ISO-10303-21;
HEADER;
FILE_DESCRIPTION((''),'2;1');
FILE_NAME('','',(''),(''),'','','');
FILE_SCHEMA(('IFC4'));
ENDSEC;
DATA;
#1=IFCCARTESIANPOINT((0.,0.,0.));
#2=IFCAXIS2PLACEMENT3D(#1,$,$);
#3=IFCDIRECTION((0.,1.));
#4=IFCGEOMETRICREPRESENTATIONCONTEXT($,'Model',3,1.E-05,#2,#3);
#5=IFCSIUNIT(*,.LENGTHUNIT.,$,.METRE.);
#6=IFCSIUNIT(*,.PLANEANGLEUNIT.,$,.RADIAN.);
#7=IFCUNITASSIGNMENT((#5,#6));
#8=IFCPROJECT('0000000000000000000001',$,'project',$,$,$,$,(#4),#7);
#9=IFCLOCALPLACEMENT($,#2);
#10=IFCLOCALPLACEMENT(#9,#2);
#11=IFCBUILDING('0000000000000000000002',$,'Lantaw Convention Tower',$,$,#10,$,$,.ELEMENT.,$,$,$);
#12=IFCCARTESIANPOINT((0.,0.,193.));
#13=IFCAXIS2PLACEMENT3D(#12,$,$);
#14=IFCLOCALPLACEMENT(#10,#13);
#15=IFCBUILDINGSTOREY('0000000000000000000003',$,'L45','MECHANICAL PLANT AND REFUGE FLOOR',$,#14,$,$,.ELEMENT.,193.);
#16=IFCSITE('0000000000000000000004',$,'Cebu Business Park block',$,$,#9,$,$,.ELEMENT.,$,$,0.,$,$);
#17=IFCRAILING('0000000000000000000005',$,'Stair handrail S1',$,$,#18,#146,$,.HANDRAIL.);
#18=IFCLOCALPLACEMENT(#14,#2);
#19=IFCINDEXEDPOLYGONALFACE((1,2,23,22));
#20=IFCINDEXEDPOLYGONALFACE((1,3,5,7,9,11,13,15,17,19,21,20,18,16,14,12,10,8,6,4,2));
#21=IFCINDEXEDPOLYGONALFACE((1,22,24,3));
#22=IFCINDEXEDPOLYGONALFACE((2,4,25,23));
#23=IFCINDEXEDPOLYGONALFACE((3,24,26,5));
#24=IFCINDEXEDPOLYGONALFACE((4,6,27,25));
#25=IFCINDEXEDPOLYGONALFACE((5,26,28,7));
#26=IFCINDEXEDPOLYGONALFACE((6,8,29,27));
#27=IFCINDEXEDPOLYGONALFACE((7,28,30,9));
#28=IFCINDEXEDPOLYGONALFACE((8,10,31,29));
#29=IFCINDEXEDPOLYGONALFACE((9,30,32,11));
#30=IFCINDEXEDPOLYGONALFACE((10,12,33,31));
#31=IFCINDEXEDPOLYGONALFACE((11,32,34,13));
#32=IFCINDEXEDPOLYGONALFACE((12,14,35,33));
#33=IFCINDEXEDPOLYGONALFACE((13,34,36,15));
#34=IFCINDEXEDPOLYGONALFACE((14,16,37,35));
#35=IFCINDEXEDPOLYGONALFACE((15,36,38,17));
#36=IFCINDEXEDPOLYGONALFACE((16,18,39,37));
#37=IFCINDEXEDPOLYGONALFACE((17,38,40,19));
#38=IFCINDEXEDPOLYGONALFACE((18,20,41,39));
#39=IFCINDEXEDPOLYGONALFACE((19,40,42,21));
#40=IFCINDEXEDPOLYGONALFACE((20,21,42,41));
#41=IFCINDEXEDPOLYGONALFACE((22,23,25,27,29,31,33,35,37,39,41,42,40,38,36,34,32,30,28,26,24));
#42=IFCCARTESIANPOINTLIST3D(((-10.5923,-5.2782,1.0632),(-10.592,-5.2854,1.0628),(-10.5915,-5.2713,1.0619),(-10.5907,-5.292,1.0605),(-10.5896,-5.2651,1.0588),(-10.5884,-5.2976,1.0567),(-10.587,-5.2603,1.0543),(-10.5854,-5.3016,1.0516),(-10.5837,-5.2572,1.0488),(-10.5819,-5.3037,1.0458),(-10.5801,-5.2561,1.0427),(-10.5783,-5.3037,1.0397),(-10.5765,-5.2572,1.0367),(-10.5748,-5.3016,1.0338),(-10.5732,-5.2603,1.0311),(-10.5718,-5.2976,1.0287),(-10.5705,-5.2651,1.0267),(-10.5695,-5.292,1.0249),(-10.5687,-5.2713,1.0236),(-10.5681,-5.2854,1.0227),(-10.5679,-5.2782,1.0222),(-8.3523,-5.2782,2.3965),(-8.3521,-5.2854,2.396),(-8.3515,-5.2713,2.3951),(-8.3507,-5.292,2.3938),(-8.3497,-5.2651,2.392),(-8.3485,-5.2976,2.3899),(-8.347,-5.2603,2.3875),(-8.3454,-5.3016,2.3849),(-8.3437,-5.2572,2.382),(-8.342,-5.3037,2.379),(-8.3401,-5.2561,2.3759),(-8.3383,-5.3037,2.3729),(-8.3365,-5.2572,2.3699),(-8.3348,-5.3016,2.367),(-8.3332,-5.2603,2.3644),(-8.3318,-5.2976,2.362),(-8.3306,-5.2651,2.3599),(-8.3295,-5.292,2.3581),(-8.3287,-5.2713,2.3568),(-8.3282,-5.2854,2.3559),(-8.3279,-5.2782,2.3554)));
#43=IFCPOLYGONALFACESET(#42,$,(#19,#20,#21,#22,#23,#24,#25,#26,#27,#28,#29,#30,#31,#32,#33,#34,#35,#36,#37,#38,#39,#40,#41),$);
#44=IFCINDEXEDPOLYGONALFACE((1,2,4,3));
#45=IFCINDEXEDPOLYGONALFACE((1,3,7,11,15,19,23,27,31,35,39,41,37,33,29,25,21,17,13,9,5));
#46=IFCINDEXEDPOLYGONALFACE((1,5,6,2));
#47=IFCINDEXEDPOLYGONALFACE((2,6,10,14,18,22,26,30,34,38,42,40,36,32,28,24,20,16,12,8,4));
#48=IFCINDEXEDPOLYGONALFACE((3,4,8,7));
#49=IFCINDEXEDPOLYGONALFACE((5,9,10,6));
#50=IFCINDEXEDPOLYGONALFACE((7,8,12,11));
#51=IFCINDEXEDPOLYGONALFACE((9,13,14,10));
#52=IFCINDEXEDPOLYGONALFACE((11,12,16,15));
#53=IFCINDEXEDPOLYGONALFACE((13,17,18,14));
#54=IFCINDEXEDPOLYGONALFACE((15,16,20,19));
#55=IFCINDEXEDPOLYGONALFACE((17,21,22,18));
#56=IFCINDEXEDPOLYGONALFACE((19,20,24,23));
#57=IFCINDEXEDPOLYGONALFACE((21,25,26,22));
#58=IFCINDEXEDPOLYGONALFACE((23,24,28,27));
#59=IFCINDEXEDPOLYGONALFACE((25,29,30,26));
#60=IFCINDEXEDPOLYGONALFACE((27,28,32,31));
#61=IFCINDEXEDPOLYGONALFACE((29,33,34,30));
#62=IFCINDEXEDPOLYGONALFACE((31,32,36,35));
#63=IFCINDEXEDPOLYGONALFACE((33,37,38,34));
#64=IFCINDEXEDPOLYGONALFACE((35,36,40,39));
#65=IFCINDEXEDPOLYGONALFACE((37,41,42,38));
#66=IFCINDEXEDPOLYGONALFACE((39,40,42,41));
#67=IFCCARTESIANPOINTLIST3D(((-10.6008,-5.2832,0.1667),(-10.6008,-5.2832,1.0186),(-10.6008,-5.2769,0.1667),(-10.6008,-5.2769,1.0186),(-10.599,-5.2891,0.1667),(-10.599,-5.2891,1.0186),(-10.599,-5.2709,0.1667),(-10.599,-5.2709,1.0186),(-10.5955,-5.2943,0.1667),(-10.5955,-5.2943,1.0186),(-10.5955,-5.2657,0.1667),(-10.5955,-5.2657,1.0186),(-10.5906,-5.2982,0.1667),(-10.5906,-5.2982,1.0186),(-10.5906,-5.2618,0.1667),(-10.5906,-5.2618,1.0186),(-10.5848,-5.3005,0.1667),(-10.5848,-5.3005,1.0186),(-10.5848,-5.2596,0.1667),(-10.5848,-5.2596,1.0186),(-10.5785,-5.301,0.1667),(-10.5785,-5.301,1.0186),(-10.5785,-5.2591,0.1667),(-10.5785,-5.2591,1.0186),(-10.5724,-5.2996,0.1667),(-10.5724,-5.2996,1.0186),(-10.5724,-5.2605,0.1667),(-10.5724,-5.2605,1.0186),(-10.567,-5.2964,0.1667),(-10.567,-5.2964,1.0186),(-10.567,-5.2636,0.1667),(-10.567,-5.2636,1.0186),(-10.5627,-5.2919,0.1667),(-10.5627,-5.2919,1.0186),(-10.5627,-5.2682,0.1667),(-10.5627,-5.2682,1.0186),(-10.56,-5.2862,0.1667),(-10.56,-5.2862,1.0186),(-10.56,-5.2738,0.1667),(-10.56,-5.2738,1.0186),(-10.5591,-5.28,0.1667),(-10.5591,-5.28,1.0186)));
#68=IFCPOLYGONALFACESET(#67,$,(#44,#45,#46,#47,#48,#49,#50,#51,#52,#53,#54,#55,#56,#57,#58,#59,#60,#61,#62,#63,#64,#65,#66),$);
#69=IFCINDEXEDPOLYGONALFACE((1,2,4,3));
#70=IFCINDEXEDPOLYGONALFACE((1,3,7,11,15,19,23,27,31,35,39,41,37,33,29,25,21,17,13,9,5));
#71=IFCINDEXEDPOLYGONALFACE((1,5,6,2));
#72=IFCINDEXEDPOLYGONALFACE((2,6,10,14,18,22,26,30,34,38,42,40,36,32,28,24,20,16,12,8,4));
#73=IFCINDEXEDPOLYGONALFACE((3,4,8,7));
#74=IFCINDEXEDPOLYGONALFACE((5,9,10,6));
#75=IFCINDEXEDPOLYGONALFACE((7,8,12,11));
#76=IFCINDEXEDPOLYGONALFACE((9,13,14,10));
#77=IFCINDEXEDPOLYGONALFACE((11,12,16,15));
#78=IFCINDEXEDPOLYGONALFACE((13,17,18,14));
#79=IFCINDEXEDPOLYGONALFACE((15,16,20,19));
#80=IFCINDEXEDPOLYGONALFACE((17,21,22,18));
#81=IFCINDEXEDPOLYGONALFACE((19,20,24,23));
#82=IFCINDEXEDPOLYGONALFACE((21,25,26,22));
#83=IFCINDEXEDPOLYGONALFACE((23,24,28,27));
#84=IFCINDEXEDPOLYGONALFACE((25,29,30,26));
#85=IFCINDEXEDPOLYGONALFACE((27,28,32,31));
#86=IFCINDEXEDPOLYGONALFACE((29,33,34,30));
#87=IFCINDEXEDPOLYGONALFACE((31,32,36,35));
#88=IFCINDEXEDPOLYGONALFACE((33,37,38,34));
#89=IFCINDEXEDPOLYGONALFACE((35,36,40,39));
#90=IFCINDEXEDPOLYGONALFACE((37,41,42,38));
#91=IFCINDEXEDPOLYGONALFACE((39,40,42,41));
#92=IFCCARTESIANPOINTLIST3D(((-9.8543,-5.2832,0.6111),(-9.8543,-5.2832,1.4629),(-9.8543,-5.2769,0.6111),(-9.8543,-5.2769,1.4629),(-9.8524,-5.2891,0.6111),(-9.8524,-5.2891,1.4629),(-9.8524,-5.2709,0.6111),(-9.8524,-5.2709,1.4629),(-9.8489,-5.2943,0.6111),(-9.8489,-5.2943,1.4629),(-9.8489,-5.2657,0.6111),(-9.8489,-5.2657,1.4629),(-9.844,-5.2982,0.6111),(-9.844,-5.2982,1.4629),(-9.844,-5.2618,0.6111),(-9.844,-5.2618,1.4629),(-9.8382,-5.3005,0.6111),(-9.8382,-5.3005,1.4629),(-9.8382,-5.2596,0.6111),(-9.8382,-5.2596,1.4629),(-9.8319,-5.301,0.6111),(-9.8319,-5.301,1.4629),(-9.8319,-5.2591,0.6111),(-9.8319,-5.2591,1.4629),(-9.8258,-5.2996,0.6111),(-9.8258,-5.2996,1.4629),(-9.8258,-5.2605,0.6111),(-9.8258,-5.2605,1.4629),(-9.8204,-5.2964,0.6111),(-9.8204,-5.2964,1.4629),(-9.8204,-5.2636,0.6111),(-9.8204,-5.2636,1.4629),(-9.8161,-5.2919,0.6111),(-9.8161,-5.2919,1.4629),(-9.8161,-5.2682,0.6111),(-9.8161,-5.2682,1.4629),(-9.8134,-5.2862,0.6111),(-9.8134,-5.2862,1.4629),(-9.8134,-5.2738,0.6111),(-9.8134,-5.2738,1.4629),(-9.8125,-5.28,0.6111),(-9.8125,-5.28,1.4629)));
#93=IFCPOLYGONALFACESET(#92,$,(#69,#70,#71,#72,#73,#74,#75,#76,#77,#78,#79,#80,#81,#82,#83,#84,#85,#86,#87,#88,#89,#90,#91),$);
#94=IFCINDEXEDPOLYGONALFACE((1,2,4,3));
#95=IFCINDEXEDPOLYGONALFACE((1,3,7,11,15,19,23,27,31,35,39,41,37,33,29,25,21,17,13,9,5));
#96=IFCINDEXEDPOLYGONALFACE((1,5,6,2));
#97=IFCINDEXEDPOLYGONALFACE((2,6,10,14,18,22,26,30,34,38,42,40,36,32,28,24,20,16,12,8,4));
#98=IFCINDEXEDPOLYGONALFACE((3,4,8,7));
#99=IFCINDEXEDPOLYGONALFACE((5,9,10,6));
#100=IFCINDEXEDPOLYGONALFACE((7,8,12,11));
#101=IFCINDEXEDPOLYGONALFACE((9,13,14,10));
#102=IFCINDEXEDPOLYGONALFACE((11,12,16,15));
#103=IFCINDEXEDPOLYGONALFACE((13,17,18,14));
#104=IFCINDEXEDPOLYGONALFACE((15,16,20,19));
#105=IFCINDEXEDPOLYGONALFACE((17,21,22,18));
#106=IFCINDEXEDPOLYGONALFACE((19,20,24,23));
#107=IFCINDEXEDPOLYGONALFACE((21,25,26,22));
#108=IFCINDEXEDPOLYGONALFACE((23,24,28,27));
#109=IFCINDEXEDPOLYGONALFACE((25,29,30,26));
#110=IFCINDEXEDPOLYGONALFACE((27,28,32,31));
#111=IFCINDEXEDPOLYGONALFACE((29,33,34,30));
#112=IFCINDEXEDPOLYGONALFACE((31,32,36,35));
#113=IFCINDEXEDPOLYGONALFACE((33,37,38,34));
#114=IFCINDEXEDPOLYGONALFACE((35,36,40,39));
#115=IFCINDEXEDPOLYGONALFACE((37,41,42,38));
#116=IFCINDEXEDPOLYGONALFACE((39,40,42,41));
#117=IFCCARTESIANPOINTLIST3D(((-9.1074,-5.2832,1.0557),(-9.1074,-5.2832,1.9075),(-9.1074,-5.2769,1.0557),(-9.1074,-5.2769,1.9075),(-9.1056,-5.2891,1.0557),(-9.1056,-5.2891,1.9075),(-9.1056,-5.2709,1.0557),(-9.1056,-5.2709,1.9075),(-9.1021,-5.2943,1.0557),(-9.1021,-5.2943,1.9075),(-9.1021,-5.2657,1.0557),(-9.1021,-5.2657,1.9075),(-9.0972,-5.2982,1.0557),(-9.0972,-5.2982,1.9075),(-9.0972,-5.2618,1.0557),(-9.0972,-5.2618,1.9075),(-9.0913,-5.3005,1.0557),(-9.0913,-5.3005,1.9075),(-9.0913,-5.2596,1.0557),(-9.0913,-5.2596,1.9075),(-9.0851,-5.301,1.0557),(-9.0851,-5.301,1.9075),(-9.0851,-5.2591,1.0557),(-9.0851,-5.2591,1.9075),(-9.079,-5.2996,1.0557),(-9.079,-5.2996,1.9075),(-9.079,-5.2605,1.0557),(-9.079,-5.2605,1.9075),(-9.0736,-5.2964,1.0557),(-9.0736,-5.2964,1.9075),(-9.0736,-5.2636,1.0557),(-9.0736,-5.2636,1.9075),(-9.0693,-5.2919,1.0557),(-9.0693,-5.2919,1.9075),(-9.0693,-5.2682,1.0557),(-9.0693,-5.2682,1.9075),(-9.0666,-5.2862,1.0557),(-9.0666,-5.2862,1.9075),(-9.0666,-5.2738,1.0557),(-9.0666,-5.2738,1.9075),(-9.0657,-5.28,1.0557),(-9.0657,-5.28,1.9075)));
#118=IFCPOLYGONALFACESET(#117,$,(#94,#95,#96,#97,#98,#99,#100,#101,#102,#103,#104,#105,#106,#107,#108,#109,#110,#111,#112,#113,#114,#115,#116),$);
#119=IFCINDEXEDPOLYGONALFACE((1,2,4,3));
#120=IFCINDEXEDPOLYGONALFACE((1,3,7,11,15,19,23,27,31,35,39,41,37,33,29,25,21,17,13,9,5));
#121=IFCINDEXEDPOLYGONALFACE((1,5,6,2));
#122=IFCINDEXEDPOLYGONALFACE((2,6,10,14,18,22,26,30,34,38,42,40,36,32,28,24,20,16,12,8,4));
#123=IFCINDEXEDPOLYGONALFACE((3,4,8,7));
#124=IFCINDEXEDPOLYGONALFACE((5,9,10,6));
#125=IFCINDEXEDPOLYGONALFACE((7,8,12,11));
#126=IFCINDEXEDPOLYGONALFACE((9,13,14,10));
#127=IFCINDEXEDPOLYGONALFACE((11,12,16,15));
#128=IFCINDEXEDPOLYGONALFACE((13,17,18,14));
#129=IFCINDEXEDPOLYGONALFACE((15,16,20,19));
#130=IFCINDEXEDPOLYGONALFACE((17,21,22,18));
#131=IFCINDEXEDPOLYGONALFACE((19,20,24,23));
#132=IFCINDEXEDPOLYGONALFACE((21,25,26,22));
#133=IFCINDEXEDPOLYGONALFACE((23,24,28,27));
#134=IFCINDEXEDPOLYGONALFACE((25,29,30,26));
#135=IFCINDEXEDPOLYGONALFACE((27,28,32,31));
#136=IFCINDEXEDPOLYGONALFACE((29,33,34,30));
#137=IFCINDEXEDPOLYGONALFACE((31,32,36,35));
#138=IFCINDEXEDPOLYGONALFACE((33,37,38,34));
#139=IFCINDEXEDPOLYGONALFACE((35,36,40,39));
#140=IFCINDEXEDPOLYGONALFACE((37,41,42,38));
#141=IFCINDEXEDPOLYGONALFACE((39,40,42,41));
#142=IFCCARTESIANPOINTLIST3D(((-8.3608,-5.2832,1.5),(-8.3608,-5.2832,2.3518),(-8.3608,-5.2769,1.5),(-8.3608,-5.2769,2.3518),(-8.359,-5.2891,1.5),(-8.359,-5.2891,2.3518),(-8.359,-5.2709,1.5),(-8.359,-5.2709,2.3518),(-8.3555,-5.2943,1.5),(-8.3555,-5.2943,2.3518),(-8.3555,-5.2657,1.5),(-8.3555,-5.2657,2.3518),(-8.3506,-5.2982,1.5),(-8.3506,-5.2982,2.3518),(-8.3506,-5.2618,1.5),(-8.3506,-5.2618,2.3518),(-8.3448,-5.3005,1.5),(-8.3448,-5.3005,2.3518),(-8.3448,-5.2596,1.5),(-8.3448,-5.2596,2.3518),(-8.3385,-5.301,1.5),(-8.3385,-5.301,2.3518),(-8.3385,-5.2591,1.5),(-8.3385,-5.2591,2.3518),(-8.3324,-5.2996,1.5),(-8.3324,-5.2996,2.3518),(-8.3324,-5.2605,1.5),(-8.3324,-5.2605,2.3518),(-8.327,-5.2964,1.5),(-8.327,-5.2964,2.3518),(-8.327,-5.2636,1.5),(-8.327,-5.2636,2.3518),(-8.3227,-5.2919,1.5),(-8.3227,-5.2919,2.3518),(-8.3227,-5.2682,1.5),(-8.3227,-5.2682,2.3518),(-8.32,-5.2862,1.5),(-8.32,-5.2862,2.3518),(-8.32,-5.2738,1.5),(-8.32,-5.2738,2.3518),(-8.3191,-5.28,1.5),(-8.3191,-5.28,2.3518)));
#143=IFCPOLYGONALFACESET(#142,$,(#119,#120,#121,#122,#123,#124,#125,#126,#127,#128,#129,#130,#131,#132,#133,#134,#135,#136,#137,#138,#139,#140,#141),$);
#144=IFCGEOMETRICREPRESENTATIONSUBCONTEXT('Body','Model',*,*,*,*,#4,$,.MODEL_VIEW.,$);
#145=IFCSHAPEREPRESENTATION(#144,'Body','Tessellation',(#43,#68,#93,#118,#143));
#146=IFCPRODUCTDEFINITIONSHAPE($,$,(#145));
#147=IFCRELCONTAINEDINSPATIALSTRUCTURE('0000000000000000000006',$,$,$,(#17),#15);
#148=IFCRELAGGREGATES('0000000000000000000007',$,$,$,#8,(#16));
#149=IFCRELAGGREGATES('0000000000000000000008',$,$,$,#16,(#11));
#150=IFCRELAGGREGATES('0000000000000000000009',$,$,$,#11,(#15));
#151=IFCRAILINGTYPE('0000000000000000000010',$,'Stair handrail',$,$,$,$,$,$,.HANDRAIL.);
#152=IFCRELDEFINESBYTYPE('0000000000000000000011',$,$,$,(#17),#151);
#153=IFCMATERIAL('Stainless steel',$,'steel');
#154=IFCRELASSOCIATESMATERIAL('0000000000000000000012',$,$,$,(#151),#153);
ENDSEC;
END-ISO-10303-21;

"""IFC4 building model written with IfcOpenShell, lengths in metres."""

from ifc_helpers import new_model, si_unit, direction, frame, origin, origin_2d, place, context, subcontext, project, spatial, circle, extrude, material, type_object, element, save


model = new_model("IFC4")

# Units and contexts
model_context = context("Model", 3, precision=1e-05, world=origin(), true_north=direction((0.0, 1.0)))
body_context = subcontext(model_context, "Body", "Model", "MODEL_VIEW")
ifc_project = project(units=[si_unit("LENGTHUNIT", "METRE"), si_unit("PLANEANGLEUNIT", "RADIAN")], contexts=[model_context])

# Site, building, storey
site_placement = place(None, origin())
site = spatial("IfcSite", under=ifc_project, at=site_placement, Name="Cebu Business Park block", CompositionType="ELEMENT", RefElevation=0.0)
building_placement = place(site_placement, origin())
building = spatial("IfcBuilding", under=site, at=building_placement, Name="Lantaw Convention Tower", CompositionType="ELEMENT")
storey_placement = place(building_placement, frame((0.0, 0.0, 193.0)))
storey = spatial("IfcBuildingStorey", under=building, at=storey_placement, Name="L45", Description="MECHANICAL PLANT AND REFUGE FLOOR", CompositionType="ELEMENT", Elevation=193.0)

# Railing
ifc_material_1 = material(Name="Stainless steel", Category="steel")
railing_type = type_object("IfcRailingType", Name="Stair handrail", PredefinedType="HANDRAIL", material=ifc_material_1)
railing_1_placement = place(storey_placement, frame((-10.5801, -5.28, 0.1667)))
element("IfcRailing", 1, at=railing_1_placement, inside=storey, type_object=railing_type, Name="Stair handrail S1", PredefinedType="HANDRAIL", context=body_context, shape_type="SweptSolid", body=[
    extrude(circle(Radius=0.0239, at=origin_2d()), frame((0.0, 0.0, 0.876), z_axis=(0.859306, 0.0, 0.511462), x_axis=(0.0, 1.0, 0.0)), (0.0, 0.0, 1.0), 2.6067),
    extrude(circle(Radius=0.021, at=origin_2d()), origin(), (0.0, 0.0, 1.0), 0.8518),
    extrude(circle(Radius=0.021, at=origin_2d()), frame((0.7466, 0.0, 0.4443)), (0.0, 0.0, 1.0), 0.8518),
    extrude(circle(Radius=0.021, at=origin_2d()), frame((1.4934, 0.0, 0.8889)), (0.0, 0.0, 1.0), 0.8518),
    extrude(circle(Radius=0.021, at=origin_2d()), frame((2.24, 0.0, 1.3333)), (0.0, 0.0, 1.0), 0.8518),
])

save(model, "model.ifc")
